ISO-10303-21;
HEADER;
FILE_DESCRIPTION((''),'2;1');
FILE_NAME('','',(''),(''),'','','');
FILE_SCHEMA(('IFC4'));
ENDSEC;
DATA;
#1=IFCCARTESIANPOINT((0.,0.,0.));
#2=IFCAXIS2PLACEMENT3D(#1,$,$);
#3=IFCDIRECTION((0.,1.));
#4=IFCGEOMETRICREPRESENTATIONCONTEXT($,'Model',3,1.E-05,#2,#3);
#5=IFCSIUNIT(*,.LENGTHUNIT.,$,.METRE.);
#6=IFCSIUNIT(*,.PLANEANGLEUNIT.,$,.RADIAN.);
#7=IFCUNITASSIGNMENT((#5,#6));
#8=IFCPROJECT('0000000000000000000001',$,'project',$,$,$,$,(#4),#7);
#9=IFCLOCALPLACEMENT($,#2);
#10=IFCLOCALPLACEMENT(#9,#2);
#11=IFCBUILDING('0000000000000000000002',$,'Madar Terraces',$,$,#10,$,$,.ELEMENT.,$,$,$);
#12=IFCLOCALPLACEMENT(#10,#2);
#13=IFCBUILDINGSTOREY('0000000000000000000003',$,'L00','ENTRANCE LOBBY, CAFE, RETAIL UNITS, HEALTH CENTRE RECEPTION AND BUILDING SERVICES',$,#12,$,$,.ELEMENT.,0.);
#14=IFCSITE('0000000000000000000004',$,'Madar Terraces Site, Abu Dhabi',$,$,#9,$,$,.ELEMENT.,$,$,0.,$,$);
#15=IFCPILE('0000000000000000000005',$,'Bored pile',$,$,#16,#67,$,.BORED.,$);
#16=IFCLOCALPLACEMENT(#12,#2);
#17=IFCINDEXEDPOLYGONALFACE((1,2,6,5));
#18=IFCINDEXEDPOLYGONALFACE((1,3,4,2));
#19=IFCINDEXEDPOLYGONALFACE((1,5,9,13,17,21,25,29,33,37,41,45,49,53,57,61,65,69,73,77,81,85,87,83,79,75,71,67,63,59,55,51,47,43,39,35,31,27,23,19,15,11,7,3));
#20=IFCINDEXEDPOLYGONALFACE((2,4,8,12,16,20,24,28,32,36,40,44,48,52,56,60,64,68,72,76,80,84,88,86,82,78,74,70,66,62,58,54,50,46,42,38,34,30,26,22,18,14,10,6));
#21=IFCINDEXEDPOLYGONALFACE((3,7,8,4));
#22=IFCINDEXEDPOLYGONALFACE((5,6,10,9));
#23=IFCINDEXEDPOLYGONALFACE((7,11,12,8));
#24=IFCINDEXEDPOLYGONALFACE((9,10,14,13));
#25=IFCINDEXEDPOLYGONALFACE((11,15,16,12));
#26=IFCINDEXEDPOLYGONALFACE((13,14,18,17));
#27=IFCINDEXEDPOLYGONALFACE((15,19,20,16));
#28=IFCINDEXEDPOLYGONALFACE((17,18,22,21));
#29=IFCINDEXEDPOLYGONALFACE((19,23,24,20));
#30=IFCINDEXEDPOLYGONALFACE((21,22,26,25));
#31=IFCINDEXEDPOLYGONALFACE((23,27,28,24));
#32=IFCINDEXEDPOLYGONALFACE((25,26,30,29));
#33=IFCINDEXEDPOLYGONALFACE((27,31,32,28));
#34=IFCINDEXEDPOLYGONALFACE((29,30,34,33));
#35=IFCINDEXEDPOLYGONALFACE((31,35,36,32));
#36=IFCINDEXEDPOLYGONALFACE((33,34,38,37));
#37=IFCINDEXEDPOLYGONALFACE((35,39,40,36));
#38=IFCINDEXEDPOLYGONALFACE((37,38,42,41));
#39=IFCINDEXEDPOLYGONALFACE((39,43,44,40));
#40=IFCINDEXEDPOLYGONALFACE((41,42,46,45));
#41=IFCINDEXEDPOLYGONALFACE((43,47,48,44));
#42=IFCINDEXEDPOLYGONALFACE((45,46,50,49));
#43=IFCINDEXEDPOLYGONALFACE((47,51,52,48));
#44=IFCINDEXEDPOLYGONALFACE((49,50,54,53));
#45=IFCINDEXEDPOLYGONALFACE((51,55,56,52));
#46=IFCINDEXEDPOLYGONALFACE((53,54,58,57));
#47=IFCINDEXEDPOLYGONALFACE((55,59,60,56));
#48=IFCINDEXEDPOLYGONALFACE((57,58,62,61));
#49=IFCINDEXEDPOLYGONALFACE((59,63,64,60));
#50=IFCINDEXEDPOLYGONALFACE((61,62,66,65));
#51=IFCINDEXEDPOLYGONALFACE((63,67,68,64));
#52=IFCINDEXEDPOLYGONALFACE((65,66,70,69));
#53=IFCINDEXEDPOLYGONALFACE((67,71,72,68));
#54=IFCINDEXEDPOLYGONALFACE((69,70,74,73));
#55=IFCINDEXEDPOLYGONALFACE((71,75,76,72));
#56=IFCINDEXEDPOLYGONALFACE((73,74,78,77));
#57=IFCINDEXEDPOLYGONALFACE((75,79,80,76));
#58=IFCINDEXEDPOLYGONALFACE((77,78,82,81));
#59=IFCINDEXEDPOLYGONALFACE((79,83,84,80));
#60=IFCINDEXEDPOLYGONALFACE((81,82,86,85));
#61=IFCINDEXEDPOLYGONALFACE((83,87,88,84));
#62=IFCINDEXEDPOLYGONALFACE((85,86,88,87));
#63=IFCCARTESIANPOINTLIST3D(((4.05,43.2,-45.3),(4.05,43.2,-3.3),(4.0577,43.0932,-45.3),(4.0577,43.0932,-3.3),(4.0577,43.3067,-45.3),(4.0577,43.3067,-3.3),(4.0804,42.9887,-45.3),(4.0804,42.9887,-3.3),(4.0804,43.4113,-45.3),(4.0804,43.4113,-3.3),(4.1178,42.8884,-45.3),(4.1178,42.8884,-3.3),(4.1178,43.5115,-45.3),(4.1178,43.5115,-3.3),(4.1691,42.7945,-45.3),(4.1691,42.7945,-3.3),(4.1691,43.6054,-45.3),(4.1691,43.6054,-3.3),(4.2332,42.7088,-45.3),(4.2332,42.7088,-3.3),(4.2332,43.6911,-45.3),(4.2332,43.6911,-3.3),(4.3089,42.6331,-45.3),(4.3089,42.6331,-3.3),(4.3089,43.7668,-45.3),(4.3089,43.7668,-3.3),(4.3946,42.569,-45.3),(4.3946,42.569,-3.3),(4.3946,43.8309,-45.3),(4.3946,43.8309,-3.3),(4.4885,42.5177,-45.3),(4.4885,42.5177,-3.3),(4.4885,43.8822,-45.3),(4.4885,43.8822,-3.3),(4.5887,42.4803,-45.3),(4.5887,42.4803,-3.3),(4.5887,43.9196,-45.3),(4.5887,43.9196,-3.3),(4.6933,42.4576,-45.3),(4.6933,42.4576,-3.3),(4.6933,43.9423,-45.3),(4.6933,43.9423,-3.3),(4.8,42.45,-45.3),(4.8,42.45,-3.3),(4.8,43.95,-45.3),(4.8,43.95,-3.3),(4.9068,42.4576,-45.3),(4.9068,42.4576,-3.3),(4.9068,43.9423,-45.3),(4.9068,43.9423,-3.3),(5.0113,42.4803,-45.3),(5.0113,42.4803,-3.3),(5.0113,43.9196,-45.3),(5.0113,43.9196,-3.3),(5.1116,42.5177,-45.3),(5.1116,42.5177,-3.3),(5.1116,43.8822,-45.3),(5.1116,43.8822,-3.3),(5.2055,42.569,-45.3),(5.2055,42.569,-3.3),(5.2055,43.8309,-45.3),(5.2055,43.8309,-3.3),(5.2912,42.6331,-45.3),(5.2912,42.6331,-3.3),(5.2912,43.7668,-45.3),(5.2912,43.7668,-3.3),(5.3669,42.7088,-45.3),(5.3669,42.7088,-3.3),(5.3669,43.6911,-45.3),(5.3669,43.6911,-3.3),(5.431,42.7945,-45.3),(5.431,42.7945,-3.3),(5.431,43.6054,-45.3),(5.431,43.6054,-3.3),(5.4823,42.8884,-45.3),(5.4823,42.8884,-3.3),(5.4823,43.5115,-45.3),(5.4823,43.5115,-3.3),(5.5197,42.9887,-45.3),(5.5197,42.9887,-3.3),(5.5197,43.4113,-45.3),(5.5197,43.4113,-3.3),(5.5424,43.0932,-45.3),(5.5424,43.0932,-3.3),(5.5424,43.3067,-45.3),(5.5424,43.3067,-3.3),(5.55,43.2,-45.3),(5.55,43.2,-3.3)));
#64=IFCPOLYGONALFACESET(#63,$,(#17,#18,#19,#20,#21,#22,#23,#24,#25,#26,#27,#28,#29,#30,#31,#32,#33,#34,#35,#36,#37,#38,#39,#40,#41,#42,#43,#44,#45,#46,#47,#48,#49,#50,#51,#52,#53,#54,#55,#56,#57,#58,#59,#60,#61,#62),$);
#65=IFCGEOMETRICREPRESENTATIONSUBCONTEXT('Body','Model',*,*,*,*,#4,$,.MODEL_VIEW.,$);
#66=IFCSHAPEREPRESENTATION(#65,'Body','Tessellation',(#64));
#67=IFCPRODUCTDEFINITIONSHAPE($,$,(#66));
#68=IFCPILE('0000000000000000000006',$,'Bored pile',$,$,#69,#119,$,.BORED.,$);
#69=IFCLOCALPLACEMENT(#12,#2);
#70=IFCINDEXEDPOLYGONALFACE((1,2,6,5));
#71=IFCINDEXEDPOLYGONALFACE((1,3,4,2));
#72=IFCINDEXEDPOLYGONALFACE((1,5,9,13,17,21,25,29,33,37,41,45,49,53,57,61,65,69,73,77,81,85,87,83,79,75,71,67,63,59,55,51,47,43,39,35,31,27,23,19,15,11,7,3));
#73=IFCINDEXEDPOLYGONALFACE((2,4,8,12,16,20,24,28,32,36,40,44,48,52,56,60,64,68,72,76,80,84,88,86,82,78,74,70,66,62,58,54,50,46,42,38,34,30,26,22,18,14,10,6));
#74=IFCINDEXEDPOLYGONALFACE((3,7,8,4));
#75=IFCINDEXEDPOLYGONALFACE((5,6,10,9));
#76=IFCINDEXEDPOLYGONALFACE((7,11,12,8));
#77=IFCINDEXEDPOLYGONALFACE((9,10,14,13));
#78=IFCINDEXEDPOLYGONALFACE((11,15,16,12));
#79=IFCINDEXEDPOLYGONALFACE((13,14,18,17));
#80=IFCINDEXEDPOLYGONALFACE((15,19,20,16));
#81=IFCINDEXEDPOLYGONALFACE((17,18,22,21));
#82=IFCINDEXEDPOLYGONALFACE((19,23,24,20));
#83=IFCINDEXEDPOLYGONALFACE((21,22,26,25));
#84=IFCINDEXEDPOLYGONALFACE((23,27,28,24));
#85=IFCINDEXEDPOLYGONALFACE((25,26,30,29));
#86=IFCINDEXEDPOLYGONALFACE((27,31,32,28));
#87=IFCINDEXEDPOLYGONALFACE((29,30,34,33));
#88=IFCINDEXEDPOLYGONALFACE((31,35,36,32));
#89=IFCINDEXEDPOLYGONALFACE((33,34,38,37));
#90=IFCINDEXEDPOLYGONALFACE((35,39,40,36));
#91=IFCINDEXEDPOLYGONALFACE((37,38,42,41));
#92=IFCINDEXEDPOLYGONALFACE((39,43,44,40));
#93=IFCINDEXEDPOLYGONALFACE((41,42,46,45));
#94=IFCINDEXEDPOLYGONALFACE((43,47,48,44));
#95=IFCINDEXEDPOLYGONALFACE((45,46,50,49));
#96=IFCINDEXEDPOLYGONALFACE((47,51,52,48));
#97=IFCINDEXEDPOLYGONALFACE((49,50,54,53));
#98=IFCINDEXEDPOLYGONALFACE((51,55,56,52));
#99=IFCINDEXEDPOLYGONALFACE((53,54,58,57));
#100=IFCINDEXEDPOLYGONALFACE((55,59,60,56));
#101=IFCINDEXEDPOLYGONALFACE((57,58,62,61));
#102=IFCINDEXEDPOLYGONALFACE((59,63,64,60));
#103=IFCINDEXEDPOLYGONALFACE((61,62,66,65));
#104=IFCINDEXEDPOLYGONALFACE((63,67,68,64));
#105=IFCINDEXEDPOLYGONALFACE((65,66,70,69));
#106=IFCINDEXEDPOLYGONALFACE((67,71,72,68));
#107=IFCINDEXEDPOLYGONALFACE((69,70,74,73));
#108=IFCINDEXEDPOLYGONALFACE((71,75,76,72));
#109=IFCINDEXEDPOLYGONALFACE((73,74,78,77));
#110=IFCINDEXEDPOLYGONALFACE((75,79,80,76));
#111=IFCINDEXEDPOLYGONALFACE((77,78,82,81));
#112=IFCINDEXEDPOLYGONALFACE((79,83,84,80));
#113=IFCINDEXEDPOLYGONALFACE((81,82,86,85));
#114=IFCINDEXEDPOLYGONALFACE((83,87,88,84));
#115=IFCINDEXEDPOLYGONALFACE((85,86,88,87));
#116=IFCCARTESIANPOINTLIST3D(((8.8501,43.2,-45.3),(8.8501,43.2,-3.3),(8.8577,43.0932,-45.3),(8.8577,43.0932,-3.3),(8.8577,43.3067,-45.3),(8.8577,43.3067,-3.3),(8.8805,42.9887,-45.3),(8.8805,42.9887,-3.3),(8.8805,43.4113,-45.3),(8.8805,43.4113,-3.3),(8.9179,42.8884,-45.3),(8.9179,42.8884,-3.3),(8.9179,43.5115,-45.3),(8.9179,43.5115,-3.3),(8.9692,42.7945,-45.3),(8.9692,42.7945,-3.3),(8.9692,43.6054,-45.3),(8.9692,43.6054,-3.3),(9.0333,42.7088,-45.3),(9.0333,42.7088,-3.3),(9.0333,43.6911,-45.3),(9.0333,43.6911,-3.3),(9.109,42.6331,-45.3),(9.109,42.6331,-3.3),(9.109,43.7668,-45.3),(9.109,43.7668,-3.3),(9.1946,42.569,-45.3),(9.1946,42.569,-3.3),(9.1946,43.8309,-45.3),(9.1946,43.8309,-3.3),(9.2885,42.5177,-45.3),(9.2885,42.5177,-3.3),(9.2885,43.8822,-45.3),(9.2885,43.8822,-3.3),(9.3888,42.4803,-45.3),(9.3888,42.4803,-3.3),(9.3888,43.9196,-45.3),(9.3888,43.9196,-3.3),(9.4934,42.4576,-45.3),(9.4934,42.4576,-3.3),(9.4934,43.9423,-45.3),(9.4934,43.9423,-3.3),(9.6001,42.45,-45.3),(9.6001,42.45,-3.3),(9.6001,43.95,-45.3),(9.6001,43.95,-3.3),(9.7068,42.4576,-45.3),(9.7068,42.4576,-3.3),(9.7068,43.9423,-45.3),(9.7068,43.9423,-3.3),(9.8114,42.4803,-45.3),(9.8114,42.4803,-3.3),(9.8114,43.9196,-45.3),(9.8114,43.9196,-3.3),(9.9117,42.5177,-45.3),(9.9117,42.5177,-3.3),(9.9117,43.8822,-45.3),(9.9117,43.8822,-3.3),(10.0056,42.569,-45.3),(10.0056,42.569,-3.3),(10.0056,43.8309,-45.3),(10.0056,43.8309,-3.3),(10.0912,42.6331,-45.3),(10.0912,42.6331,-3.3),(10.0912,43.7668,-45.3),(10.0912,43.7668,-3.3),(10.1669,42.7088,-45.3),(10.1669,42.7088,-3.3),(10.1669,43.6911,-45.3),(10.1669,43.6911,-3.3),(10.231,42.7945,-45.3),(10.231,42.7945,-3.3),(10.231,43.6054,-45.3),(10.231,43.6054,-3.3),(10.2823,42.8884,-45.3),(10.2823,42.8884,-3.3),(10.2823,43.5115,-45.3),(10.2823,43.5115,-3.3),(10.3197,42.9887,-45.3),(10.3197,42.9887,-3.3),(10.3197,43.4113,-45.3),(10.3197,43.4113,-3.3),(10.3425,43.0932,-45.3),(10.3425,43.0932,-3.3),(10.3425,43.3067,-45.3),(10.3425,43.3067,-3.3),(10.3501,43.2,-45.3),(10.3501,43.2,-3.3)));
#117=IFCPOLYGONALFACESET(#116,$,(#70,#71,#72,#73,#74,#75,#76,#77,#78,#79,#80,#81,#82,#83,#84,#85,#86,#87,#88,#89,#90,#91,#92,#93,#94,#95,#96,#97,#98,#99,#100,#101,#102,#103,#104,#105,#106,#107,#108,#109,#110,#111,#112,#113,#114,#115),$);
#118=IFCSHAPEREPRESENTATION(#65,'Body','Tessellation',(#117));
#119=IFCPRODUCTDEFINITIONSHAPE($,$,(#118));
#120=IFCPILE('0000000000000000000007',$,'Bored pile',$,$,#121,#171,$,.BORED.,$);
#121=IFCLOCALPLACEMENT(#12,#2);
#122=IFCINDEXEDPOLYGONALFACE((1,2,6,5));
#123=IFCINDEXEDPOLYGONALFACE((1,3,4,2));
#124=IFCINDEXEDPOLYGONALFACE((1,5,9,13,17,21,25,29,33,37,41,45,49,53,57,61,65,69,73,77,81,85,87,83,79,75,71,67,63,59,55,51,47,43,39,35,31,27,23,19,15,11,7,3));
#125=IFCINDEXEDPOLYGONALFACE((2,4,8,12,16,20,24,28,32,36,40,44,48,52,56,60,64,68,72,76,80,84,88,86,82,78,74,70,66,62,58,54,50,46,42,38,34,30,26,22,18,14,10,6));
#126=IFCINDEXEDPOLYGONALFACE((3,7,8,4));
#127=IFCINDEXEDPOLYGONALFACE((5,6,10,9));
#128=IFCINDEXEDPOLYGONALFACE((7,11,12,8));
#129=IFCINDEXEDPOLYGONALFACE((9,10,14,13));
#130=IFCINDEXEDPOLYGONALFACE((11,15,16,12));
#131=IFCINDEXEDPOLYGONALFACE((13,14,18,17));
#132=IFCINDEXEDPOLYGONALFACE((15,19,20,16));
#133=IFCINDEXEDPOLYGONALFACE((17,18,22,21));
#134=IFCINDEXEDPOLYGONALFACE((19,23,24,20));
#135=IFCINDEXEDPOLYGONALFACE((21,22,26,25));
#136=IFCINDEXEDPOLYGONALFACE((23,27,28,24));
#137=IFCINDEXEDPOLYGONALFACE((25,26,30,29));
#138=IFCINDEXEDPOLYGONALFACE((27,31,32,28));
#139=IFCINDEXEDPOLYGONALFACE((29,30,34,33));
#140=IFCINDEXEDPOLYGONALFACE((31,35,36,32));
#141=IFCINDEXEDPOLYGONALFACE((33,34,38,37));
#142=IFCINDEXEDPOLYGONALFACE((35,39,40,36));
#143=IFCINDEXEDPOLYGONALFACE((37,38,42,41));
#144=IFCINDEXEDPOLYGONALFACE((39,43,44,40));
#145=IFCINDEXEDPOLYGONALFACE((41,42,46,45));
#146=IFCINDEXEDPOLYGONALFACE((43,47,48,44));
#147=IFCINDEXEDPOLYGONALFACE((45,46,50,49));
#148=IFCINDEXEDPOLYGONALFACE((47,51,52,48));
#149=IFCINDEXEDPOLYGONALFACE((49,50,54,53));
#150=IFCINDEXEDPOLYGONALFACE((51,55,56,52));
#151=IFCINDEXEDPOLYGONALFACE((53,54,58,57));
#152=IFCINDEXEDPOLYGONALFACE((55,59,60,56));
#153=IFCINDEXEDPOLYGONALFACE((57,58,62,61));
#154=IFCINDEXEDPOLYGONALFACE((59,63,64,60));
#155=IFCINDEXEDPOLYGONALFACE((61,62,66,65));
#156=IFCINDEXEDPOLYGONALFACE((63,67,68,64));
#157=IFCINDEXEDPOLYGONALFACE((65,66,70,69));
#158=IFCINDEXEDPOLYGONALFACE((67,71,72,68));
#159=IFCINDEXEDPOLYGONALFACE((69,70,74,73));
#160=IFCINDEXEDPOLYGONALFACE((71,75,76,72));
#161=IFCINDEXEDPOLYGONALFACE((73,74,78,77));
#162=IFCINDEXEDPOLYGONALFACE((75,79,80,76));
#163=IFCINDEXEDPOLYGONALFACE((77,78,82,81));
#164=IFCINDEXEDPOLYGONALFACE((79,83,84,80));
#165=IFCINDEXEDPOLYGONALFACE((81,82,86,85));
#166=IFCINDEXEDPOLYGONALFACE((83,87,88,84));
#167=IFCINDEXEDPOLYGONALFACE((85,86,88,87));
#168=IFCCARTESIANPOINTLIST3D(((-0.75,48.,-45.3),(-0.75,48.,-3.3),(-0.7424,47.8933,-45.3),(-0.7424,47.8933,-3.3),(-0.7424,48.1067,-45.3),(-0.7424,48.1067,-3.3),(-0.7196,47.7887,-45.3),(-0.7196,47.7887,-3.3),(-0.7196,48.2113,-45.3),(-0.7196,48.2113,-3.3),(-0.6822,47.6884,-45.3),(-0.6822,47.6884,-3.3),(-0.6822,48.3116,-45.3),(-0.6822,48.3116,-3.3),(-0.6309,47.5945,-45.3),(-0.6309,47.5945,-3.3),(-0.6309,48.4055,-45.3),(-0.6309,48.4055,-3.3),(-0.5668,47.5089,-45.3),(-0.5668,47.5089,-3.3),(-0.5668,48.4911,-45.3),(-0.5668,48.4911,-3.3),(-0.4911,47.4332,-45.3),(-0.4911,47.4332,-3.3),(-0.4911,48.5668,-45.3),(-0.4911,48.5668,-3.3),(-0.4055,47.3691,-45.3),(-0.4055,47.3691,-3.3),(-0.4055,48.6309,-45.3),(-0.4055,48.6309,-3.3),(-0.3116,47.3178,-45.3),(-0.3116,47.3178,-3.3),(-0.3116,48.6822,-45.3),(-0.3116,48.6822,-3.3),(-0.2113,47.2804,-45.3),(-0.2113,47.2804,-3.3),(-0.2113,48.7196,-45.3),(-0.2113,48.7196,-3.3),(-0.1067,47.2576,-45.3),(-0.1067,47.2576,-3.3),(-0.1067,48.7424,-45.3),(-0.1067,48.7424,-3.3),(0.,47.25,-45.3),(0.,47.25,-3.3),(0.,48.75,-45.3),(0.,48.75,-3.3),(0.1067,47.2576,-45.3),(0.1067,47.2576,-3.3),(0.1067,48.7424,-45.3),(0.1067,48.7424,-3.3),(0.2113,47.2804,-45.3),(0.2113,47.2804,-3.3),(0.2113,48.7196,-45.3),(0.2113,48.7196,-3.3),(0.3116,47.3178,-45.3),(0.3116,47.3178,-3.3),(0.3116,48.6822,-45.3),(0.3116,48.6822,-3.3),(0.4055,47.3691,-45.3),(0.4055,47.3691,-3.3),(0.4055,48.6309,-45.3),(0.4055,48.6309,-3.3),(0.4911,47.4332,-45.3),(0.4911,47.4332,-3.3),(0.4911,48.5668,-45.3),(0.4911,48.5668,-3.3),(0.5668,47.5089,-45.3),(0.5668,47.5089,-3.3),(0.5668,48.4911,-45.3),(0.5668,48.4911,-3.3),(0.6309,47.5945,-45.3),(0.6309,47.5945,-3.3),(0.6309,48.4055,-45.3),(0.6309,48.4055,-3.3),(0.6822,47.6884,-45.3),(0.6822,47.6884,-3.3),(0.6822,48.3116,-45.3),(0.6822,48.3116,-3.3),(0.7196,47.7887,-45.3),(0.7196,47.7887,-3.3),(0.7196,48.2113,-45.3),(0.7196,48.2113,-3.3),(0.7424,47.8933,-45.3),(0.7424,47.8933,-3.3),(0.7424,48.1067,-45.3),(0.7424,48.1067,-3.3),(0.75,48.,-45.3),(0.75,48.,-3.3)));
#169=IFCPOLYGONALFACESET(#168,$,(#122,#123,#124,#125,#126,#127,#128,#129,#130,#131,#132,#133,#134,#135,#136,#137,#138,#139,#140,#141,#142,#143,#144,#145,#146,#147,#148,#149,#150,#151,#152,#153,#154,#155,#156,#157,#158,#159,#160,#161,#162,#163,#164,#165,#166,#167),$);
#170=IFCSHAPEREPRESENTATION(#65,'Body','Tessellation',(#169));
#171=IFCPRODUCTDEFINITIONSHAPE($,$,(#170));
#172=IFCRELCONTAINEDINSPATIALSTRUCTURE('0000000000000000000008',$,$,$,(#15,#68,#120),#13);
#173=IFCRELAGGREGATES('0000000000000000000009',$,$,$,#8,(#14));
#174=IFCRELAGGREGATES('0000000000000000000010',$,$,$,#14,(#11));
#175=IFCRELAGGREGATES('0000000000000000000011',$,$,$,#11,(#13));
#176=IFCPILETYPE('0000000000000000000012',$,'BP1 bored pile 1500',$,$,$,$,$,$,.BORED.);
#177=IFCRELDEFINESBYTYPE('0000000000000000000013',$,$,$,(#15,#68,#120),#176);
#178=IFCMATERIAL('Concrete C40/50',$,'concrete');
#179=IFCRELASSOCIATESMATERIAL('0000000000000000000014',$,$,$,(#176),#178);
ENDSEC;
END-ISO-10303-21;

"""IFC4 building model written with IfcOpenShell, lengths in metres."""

from ifc_helpers import new_model, si_unit, direction, frame, origin, origin_2d, place, context, subcontext, project, spatial, circle, extrude, material, material_profile, profile_set, type_object, element, save


model = new_model("IFC4")

# Units and contexts
model_context = context("Model", 3, precision=1e-05, world=origin(), true_north=direction((0.0, 1.0)))
body_context = subcontext(model_context, "Body", "Model", "MODEL_VIEW")
ifc_project = project(units=[si_unit("LENGTHUNIT", "METRE"), si_unit("PLANEANGLEUNIT", "RADIAN")], contexts=[model_context])

# Site, building, storey
site_placement = place(None, origin())
site = spatial("IfcSite", under=ifc_project, at=site_placement, Name="Madar Terraces Site, Abu Dhabi", CompositionType="ELEMENT", RefElevation=0.0)
building_placement = place(site_placement, origin())
building = spatial("IfcBuilding", under=site, at=building_placement, Name="Madar Terraces", CompositionType="ELEMENT")
storey_placement = place(building_placement, origin())
storey = spatial("IfcBuildingStorey", under=building, at=storey_placement, Name="L00", Description="ENTRANCE LOBBY, CAFE, RETAIL UNITS, HEALTH CENTRE RECEPTION AND BUILDING SERVICES", CompositionType="ELEMENT", Elevation=0.0)

# Piles
ifc_material_1 = material(Name="Concrete C40/50", Category="concrete")
ifc_material_profile_1 = material_profile(ifc_material_1, circle(Radius=0.75, at=origin_2d()), Name="BP1 bored pile 1500")
ifc_profile_set_1 = profile_set([ifc_material_profile_1], Name="Concrete C40/50")
pile_type = type_object("IfcPileType", Name="BP1 bored pile 1500", PredefinedType="BORED", material=ifc_profile_set_1)
for number, where, z_axis, x_axis, name in (
    (1, (4.8, 43.2, -3.3), (0.0, 0.0, -1.0), (1.0, 0.0, 0.0), "Bored pile"),
    (2, (9.6001, 43.2, -3.3), (0.0, 0.0, -1.0), (1.0, 0.0, 0.0), "Bored pile"),
    (3, (0.0, 48.0, -3.3), (0.0, 0.0, -1.0), (1.0, 0.0, 0.0), "Bored pile"),
):
    element("IfcPile", number, at=place(storey_placement, frame(where, z_axis=z_axis, x_axis=x_axis)), inside=storey, type_object=pile_type, Name=name, PredefinedType="BORED", context=body_context, shape_type="SweptSolid", body=[
        extrude(circle(Radius=0.75, at=origin_2d()), origin(), (0.0, 0.0, 1.0), 42.0),
    ])

save(model, "model.ifc")
